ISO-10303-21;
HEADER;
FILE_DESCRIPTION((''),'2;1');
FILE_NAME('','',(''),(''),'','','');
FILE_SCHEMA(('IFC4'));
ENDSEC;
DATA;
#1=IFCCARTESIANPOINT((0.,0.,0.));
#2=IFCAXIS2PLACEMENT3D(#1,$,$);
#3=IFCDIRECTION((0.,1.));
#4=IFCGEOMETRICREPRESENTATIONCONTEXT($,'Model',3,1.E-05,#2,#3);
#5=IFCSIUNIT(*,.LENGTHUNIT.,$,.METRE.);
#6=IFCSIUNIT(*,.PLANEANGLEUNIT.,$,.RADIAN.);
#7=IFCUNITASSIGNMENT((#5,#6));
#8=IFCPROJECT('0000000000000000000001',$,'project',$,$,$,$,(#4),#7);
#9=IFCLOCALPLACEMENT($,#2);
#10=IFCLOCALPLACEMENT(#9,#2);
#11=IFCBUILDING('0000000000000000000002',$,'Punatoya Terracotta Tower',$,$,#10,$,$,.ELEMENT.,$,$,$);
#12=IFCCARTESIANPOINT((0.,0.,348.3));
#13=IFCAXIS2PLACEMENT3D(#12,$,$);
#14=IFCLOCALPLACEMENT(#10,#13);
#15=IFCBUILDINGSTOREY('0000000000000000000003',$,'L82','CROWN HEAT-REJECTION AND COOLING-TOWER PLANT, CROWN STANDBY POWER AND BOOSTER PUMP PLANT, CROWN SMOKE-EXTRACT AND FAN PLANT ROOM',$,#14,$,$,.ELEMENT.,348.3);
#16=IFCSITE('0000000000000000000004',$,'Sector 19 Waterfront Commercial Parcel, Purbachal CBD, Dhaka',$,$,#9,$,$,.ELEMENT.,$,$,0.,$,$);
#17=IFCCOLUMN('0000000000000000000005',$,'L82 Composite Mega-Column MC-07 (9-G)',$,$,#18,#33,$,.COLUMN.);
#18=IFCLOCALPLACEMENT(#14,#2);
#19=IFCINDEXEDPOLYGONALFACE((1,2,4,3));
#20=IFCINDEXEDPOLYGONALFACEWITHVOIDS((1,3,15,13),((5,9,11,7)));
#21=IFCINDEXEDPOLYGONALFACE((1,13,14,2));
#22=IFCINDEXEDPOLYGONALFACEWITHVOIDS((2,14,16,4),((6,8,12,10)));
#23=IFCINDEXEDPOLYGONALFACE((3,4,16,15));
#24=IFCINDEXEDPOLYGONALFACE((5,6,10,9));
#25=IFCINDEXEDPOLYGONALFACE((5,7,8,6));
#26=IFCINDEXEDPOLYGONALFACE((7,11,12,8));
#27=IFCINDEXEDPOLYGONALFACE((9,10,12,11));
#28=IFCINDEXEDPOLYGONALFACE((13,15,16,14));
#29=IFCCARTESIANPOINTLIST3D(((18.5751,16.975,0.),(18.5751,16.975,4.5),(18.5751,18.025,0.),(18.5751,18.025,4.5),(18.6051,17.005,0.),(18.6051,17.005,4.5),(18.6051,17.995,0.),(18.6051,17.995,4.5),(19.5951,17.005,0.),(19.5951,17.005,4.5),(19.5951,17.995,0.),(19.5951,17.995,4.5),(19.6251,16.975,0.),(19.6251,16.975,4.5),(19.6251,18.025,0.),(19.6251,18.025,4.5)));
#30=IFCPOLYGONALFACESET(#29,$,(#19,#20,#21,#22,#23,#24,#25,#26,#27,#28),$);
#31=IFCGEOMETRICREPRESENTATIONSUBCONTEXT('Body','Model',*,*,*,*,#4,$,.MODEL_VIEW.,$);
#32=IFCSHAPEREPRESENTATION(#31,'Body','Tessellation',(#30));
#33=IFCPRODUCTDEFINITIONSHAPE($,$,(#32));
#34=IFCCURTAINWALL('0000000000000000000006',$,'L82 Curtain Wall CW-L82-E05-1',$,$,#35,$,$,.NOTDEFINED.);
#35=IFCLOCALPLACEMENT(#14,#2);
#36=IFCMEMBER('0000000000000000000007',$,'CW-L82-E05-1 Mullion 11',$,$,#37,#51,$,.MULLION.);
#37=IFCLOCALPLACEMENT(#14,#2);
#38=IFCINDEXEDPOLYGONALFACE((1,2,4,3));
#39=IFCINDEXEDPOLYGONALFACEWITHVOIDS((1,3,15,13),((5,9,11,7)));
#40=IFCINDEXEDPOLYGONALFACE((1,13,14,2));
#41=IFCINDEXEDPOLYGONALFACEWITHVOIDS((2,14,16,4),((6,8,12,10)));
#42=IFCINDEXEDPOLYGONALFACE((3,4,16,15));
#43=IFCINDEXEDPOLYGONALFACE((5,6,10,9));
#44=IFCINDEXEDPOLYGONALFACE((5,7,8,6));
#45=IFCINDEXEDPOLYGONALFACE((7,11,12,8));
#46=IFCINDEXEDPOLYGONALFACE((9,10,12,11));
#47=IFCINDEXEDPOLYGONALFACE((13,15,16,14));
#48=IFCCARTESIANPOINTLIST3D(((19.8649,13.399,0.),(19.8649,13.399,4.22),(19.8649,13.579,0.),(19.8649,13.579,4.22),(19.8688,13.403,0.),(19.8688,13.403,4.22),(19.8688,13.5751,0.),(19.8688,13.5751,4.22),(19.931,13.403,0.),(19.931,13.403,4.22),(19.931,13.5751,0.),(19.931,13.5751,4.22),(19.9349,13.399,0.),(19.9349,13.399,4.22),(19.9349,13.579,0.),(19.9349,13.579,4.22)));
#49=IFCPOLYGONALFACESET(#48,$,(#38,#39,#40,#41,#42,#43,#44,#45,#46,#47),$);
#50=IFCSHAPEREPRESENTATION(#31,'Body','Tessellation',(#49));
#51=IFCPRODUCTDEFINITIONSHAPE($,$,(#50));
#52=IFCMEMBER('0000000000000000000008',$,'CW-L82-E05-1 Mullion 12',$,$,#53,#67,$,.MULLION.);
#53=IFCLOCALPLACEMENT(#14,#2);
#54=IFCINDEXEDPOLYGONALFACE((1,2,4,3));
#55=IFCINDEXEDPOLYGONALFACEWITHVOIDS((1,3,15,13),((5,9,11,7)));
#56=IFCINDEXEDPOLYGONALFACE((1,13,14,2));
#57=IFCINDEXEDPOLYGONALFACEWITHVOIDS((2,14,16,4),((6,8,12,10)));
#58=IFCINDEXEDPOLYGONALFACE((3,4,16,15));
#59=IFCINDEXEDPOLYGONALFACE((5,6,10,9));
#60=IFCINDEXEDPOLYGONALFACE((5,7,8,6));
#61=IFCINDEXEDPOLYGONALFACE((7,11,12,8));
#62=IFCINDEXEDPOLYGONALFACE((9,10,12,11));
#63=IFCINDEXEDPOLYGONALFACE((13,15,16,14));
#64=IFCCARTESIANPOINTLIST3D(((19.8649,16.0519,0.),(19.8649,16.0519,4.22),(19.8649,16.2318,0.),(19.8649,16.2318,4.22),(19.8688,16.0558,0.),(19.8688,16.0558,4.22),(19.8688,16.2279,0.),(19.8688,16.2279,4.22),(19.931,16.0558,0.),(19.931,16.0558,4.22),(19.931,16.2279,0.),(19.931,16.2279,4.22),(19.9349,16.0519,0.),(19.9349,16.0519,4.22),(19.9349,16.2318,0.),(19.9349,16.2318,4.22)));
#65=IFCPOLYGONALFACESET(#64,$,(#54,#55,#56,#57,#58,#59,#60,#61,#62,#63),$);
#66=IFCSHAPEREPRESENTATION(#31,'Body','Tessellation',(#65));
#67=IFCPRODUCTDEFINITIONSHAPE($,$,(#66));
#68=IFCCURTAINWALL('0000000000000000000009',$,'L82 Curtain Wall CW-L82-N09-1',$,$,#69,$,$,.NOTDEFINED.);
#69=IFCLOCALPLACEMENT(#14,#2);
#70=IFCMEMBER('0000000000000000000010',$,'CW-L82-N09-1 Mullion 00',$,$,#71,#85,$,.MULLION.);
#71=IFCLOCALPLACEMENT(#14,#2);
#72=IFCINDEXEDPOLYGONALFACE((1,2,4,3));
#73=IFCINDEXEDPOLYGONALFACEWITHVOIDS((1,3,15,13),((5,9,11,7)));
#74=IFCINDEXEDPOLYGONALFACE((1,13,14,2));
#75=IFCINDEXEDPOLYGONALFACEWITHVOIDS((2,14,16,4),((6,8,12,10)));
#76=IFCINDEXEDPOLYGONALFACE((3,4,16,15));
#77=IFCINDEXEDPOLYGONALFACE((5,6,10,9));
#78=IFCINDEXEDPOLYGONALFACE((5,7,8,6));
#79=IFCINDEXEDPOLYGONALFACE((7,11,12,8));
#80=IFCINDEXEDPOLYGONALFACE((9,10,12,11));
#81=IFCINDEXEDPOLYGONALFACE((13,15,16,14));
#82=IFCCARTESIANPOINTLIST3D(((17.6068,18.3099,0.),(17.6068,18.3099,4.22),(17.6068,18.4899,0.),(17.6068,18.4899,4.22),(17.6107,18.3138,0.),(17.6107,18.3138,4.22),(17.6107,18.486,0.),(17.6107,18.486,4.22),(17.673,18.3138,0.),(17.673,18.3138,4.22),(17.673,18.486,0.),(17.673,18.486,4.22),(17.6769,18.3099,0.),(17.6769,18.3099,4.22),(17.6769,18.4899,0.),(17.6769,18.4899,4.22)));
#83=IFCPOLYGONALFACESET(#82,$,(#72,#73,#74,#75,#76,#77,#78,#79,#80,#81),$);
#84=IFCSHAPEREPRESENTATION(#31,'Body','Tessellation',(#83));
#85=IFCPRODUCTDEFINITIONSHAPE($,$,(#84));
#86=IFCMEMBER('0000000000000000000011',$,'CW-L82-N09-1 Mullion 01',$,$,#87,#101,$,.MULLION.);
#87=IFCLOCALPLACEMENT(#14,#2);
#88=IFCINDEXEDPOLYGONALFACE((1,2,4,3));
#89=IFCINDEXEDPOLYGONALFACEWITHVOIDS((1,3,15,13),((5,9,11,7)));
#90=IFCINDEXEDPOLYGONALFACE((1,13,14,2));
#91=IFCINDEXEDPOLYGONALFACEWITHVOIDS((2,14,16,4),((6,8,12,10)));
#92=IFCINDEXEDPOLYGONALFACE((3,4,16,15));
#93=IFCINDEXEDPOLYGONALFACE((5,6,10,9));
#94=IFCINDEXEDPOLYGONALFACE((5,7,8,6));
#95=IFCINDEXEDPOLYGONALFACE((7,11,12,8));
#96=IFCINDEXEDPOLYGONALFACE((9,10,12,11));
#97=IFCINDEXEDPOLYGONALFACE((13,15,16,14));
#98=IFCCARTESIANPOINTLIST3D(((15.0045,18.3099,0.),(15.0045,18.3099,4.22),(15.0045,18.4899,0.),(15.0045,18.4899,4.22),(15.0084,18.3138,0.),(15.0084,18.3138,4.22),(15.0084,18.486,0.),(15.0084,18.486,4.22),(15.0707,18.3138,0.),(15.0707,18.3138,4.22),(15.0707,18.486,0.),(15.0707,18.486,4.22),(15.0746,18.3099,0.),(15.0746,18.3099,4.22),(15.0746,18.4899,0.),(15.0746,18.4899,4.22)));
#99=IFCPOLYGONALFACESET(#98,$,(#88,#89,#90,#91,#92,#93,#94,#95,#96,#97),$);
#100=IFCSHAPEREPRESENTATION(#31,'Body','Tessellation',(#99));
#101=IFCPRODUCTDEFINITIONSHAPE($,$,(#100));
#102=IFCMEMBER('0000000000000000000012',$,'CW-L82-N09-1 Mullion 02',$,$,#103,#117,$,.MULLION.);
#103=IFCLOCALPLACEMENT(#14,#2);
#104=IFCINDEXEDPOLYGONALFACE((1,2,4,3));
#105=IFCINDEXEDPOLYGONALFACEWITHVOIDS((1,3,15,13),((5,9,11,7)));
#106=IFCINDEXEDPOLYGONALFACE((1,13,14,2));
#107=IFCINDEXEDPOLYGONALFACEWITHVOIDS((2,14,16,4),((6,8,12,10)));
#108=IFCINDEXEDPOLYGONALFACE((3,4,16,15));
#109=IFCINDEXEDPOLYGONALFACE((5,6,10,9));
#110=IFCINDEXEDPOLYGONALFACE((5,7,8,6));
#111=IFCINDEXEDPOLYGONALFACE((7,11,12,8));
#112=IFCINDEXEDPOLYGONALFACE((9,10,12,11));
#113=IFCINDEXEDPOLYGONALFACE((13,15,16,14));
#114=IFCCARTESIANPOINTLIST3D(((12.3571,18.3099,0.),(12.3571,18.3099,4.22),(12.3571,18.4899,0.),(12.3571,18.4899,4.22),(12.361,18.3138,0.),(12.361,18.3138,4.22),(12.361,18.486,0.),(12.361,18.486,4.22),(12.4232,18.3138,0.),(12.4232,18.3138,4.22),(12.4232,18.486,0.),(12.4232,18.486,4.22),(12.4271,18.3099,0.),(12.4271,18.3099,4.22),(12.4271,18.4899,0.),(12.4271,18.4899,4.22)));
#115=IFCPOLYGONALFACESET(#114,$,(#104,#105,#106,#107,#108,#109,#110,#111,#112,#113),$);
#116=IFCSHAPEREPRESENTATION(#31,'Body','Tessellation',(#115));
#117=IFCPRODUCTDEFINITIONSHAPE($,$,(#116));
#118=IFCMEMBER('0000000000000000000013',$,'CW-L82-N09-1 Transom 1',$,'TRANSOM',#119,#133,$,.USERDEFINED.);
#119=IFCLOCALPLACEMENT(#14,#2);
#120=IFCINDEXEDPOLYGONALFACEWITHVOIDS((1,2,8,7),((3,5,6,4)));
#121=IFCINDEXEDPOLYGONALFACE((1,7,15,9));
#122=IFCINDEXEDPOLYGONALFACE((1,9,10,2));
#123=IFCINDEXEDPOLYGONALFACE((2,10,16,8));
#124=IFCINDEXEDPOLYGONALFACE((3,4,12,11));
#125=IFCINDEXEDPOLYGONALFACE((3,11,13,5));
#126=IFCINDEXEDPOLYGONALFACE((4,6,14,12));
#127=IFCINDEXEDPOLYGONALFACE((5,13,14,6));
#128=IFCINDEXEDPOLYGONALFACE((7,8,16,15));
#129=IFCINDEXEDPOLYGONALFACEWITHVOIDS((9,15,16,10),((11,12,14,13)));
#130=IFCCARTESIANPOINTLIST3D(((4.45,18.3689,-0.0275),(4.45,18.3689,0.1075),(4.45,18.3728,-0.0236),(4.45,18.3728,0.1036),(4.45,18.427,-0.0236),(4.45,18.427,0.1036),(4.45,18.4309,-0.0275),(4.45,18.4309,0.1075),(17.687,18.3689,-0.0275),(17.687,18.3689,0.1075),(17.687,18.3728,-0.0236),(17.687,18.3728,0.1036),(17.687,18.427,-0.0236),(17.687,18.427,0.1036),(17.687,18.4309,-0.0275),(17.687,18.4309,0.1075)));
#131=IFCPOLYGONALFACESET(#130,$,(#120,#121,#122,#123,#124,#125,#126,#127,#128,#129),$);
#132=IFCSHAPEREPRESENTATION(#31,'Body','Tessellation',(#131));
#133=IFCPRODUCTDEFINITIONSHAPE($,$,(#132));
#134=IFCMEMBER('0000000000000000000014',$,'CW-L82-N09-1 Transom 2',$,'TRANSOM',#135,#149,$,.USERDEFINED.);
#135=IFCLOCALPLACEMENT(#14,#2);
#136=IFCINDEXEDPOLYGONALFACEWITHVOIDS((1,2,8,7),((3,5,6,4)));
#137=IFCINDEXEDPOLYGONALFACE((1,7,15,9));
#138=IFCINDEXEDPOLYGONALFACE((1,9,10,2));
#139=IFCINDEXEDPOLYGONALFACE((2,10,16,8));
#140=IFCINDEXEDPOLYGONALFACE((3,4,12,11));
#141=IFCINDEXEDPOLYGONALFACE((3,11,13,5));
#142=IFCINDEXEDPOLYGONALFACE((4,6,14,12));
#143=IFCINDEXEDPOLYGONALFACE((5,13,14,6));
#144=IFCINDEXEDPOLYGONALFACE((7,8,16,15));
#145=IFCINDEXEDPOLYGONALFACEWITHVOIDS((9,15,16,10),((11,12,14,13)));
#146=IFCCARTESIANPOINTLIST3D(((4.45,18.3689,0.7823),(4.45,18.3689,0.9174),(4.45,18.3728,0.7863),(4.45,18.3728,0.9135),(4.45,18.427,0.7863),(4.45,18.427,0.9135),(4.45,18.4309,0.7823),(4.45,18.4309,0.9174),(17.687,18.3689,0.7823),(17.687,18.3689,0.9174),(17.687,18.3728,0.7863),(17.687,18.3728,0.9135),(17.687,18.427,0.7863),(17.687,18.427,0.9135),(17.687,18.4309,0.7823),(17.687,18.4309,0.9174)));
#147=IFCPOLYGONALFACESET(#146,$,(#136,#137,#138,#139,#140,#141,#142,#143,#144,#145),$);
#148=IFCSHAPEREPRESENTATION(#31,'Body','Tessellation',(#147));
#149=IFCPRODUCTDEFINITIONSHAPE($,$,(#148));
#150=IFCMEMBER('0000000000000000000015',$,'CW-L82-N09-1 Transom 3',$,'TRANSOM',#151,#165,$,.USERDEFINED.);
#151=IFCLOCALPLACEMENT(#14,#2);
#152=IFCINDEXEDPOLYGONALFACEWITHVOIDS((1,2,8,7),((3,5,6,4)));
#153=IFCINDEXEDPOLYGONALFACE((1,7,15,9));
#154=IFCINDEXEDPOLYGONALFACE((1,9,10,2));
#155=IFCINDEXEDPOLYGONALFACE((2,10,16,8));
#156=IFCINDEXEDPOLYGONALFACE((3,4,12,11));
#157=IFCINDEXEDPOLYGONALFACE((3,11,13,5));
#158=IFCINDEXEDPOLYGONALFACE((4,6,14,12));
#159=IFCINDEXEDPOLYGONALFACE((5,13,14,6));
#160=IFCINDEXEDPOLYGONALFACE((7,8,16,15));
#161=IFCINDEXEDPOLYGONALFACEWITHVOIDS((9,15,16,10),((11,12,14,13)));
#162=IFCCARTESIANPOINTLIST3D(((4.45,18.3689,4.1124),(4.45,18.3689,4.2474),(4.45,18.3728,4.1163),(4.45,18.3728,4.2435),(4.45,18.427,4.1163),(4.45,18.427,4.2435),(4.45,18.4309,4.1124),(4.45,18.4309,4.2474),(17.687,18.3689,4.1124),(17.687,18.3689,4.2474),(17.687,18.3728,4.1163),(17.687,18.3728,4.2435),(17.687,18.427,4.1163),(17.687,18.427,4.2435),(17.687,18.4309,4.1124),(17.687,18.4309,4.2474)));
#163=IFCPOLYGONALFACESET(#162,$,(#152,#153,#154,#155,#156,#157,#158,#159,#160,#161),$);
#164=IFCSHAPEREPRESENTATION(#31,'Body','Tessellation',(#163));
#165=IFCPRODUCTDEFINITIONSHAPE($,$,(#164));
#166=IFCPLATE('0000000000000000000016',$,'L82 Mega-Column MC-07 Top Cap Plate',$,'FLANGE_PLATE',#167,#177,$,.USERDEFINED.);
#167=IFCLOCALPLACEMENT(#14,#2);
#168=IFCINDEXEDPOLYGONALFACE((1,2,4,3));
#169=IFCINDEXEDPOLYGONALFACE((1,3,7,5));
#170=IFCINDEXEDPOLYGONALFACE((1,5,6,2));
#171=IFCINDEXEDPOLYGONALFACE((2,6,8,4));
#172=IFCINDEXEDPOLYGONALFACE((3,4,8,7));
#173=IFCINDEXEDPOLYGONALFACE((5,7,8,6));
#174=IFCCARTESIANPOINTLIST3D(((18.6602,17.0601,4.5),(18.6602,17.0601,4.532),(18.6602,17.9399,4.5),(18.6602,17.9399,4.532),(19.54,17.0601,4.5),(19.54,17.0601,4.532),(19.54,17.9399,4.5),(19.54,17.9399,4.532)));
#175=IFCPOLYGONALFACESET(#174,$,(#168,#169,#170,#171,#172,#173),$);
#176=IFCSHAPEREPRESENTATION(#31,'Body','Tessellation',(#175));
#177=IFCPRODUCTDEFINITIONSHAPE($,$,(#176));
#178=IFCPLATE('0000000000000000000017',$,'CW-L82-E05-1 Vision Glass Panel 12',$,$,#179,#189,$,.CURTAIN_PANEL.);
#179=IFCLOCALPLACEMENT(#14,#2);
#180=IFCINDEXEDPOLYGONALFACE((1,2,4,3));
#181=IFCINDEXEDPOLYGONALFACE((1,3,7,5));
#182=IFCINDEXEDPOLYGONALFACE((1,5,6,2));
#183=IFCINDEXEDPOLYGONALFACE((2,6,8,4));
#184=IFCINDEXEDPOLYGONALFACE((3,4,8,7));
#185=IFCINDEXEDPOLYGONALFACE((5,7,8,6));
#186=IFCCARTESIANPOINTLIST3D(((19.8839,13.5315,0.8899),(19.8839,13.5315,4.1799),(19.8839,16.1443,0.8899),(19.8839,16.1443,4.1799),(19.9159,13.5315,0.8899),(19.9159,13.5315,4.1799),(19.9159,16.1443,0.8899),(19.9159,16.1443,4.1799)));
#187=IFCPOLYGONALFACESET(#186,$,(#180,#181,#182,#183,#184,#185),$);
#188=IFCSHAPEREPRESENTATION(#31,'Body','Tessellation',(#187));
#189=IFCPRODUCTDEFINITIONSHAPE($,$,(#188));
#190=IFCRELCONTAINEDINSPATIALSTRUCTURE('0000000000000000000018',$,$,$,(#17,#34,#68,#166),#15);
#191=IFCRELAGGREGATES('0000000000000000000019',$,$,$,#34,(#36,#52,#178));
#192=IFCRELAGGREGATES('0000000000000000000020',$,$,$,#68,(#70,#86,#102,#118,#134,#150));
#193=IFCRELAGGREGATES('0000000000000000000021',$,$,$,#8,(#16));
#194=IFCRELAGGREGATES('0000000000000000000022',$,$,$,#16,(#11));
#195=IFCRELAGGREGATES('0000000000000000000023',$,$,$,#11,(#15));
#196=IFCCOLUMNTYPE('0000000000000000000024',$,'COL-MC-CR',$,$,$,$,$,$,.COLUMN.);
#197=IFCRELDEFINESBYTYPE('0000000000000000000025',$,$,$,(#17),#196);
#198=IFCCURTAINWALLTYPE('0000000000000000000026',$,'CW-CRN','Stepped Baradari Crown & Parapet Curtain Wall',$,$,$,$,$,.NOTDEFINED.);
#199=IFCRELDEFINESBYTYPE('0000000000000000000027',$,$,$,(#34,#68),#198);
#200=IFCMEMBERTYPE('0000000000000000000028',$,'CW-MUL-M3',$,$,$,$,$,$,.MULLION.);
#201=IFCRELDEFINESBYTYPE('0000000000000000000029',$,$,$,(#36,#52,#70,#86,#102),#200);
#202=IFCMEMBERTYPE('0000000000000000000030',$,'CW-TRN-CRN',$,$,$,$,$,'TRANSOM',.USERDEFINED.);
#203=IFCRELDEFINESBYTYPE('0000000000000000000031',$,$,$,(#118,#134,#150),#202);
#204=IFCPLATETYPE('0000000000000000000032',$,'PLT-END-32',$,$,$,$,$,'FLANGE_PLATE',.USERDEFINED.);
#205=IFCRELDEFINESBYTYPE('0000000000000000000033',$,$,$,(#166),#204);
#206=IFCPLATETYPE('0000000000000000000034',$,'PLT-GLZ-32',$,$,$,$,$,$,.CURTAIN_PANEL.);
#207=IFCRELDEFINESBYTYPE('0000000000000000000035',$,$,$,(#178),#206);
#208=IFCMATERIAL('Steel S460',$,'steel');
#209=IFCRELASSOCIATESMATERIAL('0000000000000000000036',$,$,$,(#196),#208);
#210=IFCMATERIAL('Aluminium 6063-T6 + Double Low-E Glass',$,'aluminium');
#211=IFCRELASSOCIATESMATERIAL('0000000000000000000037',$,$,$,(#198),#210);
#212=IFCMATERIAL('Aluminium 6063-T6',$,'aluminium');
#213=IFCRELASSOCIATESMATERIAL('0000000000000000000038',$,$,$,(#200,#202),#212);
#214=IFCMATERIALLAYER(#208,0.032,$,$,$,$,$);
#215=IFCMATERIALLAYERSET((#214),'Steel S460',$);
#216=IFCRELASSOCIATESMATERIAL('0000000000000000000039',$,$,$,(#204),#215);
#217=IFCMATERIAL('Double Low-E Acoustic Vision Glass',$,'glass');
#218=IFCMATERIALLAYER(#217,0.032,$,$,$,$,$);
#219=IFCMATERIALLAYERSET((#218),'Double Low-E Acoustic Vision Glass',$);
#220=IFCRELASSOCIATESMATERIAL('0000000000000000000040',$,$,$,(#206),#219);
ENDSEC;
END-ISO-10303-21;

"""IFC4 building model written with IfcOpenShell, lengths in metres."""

from ifc_helpers import new_model, si_unit, direction, frame, origin, origin_2d, place, context, subcontext, project, spatial, rectangle, hollow_rectangle, extrude, material, layer, layer_set, material_profile, profile_set, type_object, element, aggregate, save


model = new_model("IFC4")

# Units and contexts
model_context = context("Model", 3, precision=1e-05, world=origin(), true_north=direction((0.0, 1.0)))
body_context = subcontext(model_context, "Body", "Model", "MODEL_VIEW")
ifc_project = project(units=[si_unit("LENGTHUNIT", "METRE"), si_unit("PLANEANGLEUNIT", "RADIAN")], contexts=[model_context])

# Site, building, storey
site_placement = place(None, origin())
site = spatial("IfcSite", under=ifc_project, at=site_placement, Name="Sector 19 Waterfront Commercial Parcel, Purbachal CBD, Dhaka", CompositionType="ELEMENT", RefElevation=0.0)
building_placement = place(site_placement, origin())
building = spatial("IfcBuilding", under=site, at=building_placement, Name="Punatoya Terracotta Tower", CompositionType="ELEMENT")
storey_placement = place(building_placement, frame((0.0, 0.0, 348.3)))
storey = spatial("IfcBuildingStorey", under=building, at=storey_placement, Name="L82", Description="CROWN HEAT-REJECTION AND COOLING-TOWER PLANT, CROWN STANDBY POWER AND BOOSTER PUMP PLANT, CROWN SMOKE-EXTRACT AND FAN PLANT ROOM", CompositionType="ELEMENT", Elevation=348.3)

# Column
ifc_material_1 = material(Name="Steel S460", Category="steel")
ifc_material_profile_1 = material_profile(ifc_material_1, hollow_rectangle(XDim=1.05, YDim=1.05, WallThickness=0.03, at=origin_2d()))
ifc_profile_set_1 = profile_set([ifc_material_profile_1], Name="Steel S460")
column_type = type_object("IfcColumnType", Name="COL-MC-CR", PredefinedType="COLUMN", material=ifc_profile_set_1)
column_placement = place(storey_placement, frame((19.1001, 17.5, 0.0), z_axis=(0.0, 0.0, 1.0), x_axis=(1.0, 0.0, 0.0)))
element("IfcColumn", 1, at=column_placement, inside=storey, type_object=column_type, Name="L82 Composite Mega-Column MC-07 (9-G)", PredefinedType="COLUMN", context=body_context, shape_type="SweptSolid", body=[
    extrude(hollow_rectangle(XDim=1.05, YDim=1.05, WallThickness=0.03, at=origin_2d()), origin(), (0.0, 0.0, 1.0), 4.5),
])

# Curtain walls, members
ifc_material_2 = material(Name="Aluminium 6063-T6 + Double Low-E Glass", Category="aluminium")
curtain_wall_type = type_object("IfcCurtainWallType", Name="CW-CRN", Description="Stepped Baradari Crown & Parapet Curtain Wall", PredefinedType="NOTDEFINED", material=ifc_material_2)
curtain_wall_1_placement = place(storey_placement, origin())
curtain_wall_1 = element("IfcCurtainWall", 2, at=curtain_wall_1_placement, inside=storey, type_object=curtain_wall_type, Name="L82 Curtain Wall CW-L82-E05-1", PredefinedType="NOTDEFINED")
ifc_material_3 = material(Name="Aluminium 6063-T6", Category="aluminium")
ifc_material_profile_2 = material_profile(ifc_material_3, hollow_rectangle(XDim=0.0701, YDim=0.1799, WallThickness=0.0039, at=origin_2d()))
ifc_profile_set_2 = profile_set([ifc_material_profile_2], Name="Aluminium 6063-T6")
member_type_1 = type_object("IfcMemberType", Name="CW-MUL-M3", PredefinedType="MULLION", material=ifc_profile_set_2)
member_1_placement = place(storey_placement, frame((19.8999, 13.489, 0.0), z_axis=(0.0, 0.0, 1.0), x_axis=(1.0, 0.0, 0.0)))
member_1 = element("IfcMember", 3, at=member_1_placement, type_object=member_type_1, Name="CW-L82-E05-1 Mullion 11", PredefinedType="MULLION", context=body_context, shape_type="SweptSolid", body=[
    extrude(hollow_rectangle(XDim=0.0701, YDim=0.1799, WallThickness=0.0039, at=origin_2d()), origin(), (0.0, 0.0, 1.0), 4.22),
])
member_2_placement = place(storey_placement, frame((19.8999, 16.1418, 0.0), z_axis=(0.0, 0.0, 1.0), x_axis=(1.0, 0.0, 0.0)))
member_2 = element("IfcMember", 4, at=member_2_placement, type_object=member_type_1, Name="CW-L82-E05-1 Mullion 12", PredefinedType="MULLION", context=body_context, shape_type="SweptSolid", body=[
    extrude(hollow_rectangle(XDim=0.0701, YDim=0.1799, WallThickness=0.0039, at=origin_2d()), origin(), (0.0, 0.0, 1.0), 4.22),
])
curtain_wall_2_placement = place(storey_placement, origin())
curtain_wall_2 = element("IfcCurtainWall", 5, at=curtain_wall_2_placement, inside=storey, type_object=curtain_wall_type, Name="L82 Curtain Wall CW-L82-N09-1", PredefinedType="NOTDEFINED")
member_3_placement = place(storey_placement, frame((17.6418, 18.3999, 0.0), z_axis=(0.0, 0.0, 1.0), x_axis=(1.0, 0.0, 0.0)))
member_3 = element("IfcMember", 6, at=member_3_placement, type_object=member_type_1, Name="CW-L82-N09-1 Mullion 00", PredefinedType="MULLION", context=body_context, shape_type="SweptSolid", body=[
    extrude(hollow_rectangle(XDim=0.0701, YDim=0.1799, WallThickness=0.0039, at=origin_2d()), origin(), (0.0, 0.0, 1.0), 4.22),
])
member_4_placement = place(storey_placement, frame((15.0396, 18.3999, 0.0), z_axis=(0.0, 0.0, 1.0), x_axis=(1.0, 0.0, 0.0)))
member_4 = element("IfcMember", 7, at=member_4_placement, type_object=member_type_1, Name="CW-L82-N09-1 Mullion 01", PredefinedType="MULLION", context=body_context, shape_type="SweptSolid", body=[
    extrude(hollow_rectangle(XDim=0.0701, YDim=0.1799, WallThickness=0.0039, at=origin_2d()), origin(), (0.0, 0.0, 1.0), 4.22),
])
member_5_placement = place(storey_placement, frame((12.3921, 18.3999, 0.0), z_axis=(0.0, 0.0, 1.0), x_axis=(1.0, 0.0, 0.0)))
member_5 = element("IfcMember", 8, at=member_5_placement, type_object=member_type_1, Name="CW-L82-N09-1 Mullion 02", PredefinedType="MULLION", context=body_context, shape_type="SweptSolid", body=[
    extrude(hollow_rectangle(XDim=0.0701, YDim=0.1799, WallThickness=0.0039, at=origin_2d()), origin(), (0.0, 0.0, 1.0), 4.22),
])
ifc_material_profile_3 = material_profile(ifc_material_3, hollow_rectangle(XDim=0.062, YDim=0.135, WallThickness=0.0039, at=origin_2d()))
ifc_profile_set_3 = profile_set([ifc_material_profile_3], Name="Aluminium 6063-T6")
member_type_2 = type_object("IfcMemberType", Name="CW-TRN-CRN", ElementType="TRANSOM", PredefinedType="USERDEFINED", material=ifc_profile_set_3)
member_6_placement = place(storey_placement, frame((17.687, 18.3999, 0.04), z_axis=(-1.0, 0.0, 0.0), x_axis=(0.0, -1.0, 0.0)))
member_6 = element("IfcMember", 9, at=member_6_placement, type_object=member_type_2, Name="CW-L82-N09-1 Transom 1", ObjectType="TRANSOM", PredefinedType="USERDEFINED", context=body_context, shape_type="SweptSolid", body=[
    extrude(hollow_rectangle(XDim=0.062, YDim=0.135, WallThickness=0.0039, at=origin_2d()), origin(), (0.0, 0.0, 1.0), 13.2371),
])
member_7_placement = place(storey_placement, frame((17.687, 18.3999, 0.8499), z_axis=(-1.0, 0.0, 0.0), x_axis=(0.0, -1.0, 0.0)))
member_7 = element("IfcMember", 10, at=member_7_placement, type_object=member_type_2, Name="CW-L82-N09-1 Transom 2", ObjectType="TRANSOM", PredefinedType="USERDEFINED", context=body_context, shape_type="SweptSolid", body=[
    extrude(hollow_rectangle(XDim=0.062, YDim=0.135, WallThickness=0.0039, at=origin_2d()), origin(), (0.0, 0.0, 1.0), 13.2371),
])
member_8_placement = place(storey_placement, frame((17.687, 18.3999, 4.1799), z_axis=(-1.0, 0.0, 0.0), x_axis=(0.0, -1.0, 0.0)))
member_8 = element("IfcMember", 11, at=member_8_placement, type_object=member_type_2, Name="CW-L82-N09-1 Transom 3", ObjectType="TRANSOM", PredefinedType="USERDEFINED", context=body_context, shape_type="SweptSolid", body=[
    extrude(hollow_rectangle(XDim=0.062, YDim=0.135, WallThickness=0.0039, at=origin_2d()), origin(), (0.0, 0.0, 1.0), 13.2371),
])

# Plates
ifc_layer_1 = layer(ifc_material_1, 0.032)
ifc_layer_set_1 = layer_set([ifc_layer_1], Name="Steel S460")
plate_type_1 = type_object("IfcPlateType", Name="PLT-END-32", ElementType="FLANGE_PLATE", PredefinedType="USERDEFINED", material=ifc_layer_set_1)
plate_1_placement = place(storey_placement, frame((19.1001, 17.5, 4.5), z_axis=(0.0, 0.0, 1.0), x_axis=(1.0, 0.0, 0.0)))
element("IfcPlate", 12, at=plate_1_placement, inside=storey, type_object=plate_type_1, Name="L82 Mega-Column MC-07 Top Cap Plate", ObjectType="FLANGE_PLATE", PredefinedType="USERDEFINED", context=body_context, shape_type="SweptSolid", body=[
    extrude(rectangle(XDim=0.8799, YDim=0.8799, at=origin_2d()), origin(), (0.0, 0.0, 1.0), 0.032),
])
ifc_material_4 = material(Name="Double Low-E Acoustic Vision Glass", Category="glass")
ifc_layer_2 = layer(ifc_material_4, 0.032)
ifc_layer_set_2 = layer_set([ifc_layer_2], Name="Double Low-E Acoustic Vision Glass")
plate_type_2 = type_object("IfcPlateType", Name="PLT-GLZ-32", PredefinedType="CURTAIN_PANEL", material=ifc_layer_set_2)
plate_2_placement = place(storey_placement, frame((19.8999, 14.8379, 0.8899), z_axis=(0.0, 0.0, 1.0), x_axis=(0.0, 1.0, 0.0)))
plate_2 = element("IfcPlate", 13, at=plate_2_placement, type_object=plate_type_2, Name="CW-L82-E05-1 Vision Glass Panel 12", PredefinedType="CURTAIN_PANEL", context=body_context, shape_type="SweptSolid", body=[
    extrude(rectangle(XDim=2.6128, YDim=0.032, at=origin_2d()), origin(), (0.0, 0.0, 1.0), 3.29),
])
aggregate(curtain_wall_1, [member_1, member_2, plate_2])
aggregate(curtain_wall_2, [member_3, member_4, member_5, member_6, member_7, member_8])

save(model, "model.ifc")
